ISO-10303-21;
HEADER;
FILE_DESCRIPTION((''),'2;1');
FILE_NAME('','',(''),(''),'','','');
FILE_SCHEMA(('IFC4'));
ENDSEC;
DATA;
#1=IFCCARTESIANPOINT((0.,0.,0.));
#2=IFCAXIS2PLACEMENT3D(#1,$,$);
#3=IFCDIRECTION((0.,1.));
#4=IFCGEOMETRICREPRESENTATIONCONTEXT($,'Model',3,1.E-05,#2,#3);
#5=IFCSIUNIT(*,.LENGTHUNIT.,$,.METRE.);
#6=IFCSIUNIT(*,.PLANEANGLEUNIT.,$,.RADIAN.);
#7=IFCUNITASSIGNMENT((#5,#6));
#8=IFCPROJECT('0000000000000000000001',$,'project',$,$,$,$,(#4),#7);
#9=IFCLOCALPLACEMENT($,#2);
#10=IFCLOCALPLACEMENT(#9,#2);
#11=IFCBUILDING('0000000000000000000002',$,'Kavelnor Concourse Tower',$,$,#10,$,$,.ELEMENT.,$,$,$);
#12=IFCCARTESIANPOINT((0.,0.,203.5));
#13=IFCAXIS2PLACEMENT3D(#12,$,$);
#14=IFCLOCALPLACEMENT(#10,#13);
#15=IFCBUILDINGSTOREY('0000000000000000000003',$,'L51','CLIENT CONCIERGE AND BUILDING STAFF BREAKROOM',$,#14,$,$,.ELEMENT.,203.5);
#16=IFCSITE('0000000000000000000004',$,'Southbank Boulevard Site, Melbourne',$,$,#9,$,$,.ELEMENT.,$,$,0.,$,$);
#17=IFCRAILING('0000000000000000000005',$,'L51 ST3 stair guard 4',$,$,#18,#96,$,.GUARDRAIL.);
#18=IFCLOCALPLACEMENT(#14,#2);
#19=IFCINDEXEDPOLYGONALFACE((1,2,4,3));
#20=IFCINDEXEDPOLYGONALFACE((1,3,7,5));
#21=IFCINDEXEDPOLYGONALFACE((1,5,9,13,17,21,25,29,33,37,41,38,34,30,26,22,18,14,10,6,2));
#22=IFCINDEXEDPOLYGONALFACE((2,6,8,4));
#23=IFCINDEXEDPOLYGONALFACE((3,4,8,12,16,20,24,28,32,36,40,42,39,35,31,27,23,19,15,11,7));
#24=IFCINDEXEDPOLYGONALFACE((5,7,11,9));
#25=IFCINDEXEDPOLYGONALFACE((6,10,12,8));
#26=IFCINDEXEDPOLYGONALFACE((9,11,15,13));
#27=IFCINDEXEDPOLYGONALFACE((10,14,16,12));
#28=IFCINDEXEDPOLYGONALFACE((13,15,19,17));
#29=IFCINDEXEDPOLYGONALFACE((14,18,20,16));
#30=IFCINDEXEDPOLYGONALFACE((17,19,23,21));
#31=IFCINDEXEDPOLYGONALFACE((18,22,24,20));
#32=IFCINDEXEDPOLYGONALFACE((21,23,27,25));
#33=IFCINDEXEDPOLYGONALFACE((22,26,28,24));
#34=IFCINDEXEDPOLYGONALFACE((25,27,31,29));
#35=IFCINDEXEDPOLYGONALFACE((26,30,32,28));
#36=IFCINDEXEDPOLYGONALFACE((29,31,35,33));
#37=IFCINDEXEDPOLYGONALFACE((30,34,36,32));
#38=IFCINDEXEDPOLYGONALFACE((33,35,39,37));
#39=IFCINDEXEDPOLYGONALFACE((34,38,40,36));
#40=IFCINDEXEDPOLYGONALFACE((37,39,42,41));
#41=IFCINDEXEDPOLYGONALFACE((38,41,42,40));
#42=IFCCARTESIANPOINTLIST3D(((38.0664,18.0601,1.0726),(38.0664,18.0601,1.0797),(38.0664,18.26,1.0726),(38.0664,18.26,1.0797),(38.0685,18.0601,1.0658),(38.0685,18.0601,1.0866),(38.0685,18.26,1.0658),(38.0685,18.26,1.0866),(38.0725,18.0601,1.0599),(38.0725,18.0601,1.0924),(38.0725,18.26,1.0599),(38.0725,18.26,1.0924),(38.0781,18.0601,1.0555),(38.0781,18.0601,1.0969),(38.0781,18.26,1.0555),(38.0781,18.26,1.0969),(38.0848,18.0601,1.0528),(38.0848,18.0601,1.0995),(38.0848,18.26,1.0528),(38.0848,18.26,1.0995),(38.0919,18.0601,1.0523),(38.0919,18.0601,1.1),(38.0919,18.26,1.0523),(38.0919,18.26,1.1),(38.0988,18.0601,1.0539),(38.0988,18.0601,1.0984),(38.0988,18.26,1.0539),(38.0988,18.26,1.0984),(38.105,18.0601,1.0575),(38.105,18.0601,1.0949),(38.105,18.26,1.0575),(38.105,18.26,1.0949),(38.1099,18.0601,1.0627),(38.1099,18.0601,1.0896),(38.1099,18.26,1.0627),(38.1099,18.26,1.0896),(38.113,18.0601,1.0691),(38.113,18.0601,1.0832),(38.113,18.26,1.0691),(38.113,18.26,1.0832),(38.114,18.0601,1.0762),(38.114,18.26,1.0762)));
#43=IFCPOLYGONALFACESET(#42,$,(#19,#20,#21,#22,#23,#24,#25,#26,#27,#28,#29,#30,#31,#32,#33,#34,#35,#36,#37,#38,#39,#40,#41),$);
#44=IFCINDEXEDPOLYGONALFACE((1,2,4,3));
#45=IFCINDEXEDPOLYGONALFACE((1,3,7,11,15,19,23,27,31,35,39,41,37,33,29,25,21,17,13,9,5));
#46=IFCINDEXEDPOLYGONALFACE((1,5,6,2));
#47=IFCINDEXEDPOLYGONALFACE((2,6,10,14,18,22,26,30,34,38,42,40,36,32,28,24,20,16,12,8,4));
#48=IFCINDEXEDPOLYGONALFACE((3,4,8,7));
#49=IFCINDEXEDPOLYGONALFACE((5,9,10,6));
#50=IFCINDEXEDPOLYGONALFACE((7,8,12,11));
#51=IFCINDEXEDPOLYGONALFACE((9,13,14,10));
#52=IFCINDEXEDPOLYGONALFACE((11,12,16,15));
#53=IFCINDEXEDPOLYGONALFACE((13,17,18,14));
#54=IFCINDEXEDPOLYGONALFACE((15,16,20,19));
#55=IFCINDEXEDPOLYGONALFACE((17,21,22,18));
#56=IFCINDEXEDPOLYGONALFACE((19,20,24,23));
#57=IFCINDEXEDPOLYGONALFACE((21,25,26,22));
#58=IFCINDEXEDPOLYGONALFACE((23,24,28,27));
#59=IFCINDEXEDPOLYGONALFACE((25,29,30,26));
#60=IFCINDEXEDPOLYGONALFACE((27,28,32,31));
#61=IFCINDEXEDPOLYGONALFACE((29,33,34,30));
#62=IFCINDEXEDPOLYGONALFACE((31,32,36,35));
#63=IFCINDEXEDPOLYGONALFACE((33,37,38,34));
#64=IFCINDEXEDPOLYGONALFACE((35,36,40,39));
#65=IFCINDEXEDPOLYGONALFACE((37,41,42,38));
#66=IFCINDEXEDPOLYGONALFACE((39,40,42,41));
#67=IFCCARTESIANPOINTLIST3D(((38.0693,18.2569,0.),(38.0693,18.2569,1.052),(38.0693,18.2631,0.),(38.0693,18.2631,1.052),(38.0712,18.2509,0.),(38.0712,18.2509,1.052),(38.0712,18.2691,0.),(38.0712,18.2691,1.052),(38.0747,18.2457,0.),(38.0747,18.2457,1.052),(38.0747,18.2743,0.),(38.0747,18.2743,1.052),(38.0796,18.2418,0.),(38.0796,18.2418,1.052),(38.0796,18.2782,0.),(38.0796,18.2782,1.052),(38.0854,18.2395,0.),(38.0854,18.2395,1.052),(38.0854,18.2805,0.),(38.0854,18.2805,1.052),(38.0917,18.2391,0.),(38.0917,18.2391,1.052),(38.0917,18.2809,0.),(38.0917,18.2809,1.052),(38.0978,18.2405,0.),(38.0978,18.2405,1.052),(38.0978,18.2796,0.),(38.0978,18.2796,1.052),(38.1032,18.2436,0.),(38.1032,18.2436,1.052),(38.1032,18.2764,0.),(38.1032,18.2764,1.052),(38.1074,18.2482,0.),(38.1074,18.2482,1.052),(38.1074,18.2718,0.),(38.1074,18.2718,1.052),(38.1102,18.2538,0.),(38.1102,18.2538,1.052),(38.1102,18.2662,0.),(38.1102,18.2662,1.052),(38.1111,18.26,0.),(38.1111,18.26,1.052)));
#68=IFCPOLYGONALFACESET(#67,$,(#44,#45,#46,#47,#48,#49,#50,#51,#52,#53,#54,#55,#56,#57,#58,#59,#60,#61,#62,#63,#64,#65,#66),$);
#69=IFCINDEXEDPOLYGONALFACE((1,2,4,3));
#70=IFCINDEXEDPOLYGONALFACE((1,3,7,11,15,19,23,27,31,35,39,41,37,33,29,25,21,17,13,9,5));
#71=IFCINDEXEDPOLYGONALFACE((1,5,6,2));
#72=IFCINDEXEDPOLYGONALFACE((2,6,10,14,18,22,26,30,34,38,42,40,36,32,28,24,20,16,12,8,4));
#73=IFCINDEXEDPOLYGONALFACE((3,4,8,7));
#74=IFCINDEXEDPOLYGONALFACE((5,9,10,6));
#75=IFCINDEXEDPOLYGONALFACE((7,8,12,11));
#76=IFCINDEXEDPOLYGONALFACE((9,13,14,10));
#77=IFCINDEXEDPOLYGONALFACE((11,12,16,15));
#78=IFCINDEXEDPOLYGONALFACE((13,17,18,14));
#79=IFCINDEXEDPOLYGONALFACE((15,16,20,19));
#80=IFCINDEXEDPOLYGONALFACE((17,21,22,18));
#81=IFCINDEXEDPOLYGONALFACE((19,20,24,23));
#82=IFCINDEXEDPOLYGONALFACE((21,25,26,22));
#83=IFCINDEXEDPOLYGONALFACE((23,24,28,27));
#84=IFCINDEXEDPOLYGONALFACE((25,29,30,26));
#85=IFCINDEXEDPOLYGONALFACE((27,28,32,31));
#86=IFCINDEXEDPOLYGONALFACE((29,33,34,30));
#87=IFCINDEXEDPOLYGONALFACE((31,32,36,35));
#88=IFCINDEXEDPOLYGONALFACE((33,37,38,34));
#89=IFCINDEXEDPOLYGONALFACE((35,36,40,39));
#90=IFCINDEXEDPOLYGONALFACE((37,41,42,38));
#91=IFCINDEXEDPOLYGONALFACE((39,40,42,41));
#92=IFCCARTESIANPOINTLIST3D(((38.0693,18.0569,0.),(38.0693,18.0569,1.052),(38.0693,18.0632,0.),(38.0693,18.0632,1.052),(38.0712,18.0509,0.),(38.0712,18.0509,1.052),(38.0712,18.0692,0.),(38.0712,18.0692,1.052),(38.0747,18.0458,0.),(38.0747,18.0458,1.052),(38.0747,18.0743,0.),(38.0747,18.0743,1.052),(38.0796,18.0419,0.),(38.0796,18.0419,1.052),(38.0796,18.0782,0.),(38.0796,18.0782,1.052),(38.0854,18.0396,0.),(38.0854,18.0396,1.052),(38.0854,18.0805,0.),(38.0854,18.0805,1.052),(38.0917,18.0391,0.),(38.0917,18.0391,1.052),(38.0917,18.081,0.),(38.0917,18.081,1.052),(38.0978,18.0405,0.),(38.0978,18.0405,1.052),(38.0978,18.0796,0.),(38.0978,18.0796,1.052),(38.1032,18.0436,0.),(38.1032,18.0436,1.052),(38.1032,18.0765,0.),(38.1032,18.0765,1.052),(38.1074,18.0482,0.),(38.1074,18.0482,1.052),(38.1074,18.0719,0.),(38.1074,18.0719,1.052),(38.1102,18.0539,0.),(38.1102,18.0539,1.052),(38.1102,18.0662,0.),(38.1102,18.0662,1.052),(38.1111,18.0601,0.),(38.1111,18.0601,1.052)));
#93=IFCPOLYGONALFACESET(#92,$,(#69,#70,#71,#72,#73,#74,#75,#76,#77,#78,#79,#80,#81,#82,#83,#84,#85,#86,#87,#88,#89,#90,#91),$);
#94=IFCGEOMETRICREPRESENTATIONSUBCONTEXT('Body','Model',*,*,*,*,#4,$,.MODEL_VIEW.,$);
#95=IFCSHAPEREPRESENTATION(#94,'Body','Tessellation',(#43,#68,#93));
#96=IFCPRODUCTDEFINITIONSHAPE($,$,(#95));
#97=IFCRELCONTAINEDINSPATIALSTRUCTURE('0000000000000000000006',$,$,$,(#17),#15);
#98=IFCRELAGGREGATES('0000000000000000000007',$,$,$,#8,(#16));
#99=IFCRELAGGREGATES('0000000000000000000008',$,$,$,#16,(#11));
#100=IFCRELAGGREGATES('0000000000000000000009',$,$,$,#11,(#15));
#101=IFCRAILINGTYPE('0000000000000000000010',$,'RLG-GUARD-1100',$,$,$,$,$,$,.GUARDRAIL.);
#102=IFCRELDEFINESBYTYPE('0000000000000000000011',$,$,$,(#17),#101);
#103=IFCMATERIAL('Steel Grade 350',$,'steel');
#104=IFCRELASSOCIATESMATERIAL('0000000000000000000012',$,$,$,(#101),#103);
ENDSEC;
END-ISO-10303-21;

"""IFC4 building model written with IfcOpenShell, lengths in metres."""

from ifc_helpers import new_model, si_unit, direction, frame, origin, origin_2d, place, context, subcontext, project, spatial, circle, extrude, material, type_object, element, save


model = new_model("IFC4")

# Units and contexts
model_context = context("Model", 3, precision=1e-05, world=origin(), true_north=direction((0.0, 1.0)))
body_context = subcontext(model_context, "Body", "Model", "MODEL_VIEW")
ifc_project = project(units=[si_unit("LENGTHUNIT", "METRE"), si_unit("PLANEANGLEUNIT", "RADIAN")], contexts=[model_context])

# Site, building, storey
site_placement = place(None, origin())
site = spatial("IfcSite", under=ifc_project, at=site_placement, Name="Southbank Boulevard Site, Melbourne", CompositionType="ELEMENT", RefElevation=0.0)
building_placement = place(site_placement, origin())
building = spatial("IfcBuilding", under=site, at=building_placement, Name="Kavelnor Concourse Tower", CompositionType="ELEMENT")
storey_placement = place(building_placement, frame((0.0, 0.0, 203.5)))
storey = spatial("IfcBuildingStorey", under=building, at=storey_placement, Name="L51", Description="CLIENT CONCIERGE AND BUILDING STAFF BREAKROOM", CompositionType="ELEMENT", Elevation=203.5)

# Shared definitions
ifc_material_1 = material(Name="Steel Grade 350", Category="steel")

# Railing
railing_type_1 = type_object("IfcRailingType", Name="RLG-GUARD-1100", PredefinedType="GUARDRAIL", material=ifc_material_1)
railing_1_placement = place(storey_placement, frame((38.0901, 18.26, 0.0)))
element("IfcRailing", 1, at=railing_1_placement, inside=storey, type_object=railing_type_1, Name="L51 ST3 stair guard 4", PredefinedType="GUARDRAIL", context=body_context, shape_type="SweptSolid", body=[
    extrude(circle(Radius=0.0239, at=origin_2d()), frame((0.0, 0.0, 1.0762), z_axis=(0.0, -1.0, 0.0), x_axis=(1.0, 0.0, 0.0)), (0.0, 0.0, 1.0), 0.2),
    extrude(circle(Radius=0.021, at=origin_2d()), origin(), (0.0, 0.0, 1.0), 1.052),
    extrude(circle(Radius=0.021, at=origin_2d()), frame((0.0, -0.2, 0.0)), (0.0, 0.0, 1.0), 1.052),
])

save(model, "model.ifc")
